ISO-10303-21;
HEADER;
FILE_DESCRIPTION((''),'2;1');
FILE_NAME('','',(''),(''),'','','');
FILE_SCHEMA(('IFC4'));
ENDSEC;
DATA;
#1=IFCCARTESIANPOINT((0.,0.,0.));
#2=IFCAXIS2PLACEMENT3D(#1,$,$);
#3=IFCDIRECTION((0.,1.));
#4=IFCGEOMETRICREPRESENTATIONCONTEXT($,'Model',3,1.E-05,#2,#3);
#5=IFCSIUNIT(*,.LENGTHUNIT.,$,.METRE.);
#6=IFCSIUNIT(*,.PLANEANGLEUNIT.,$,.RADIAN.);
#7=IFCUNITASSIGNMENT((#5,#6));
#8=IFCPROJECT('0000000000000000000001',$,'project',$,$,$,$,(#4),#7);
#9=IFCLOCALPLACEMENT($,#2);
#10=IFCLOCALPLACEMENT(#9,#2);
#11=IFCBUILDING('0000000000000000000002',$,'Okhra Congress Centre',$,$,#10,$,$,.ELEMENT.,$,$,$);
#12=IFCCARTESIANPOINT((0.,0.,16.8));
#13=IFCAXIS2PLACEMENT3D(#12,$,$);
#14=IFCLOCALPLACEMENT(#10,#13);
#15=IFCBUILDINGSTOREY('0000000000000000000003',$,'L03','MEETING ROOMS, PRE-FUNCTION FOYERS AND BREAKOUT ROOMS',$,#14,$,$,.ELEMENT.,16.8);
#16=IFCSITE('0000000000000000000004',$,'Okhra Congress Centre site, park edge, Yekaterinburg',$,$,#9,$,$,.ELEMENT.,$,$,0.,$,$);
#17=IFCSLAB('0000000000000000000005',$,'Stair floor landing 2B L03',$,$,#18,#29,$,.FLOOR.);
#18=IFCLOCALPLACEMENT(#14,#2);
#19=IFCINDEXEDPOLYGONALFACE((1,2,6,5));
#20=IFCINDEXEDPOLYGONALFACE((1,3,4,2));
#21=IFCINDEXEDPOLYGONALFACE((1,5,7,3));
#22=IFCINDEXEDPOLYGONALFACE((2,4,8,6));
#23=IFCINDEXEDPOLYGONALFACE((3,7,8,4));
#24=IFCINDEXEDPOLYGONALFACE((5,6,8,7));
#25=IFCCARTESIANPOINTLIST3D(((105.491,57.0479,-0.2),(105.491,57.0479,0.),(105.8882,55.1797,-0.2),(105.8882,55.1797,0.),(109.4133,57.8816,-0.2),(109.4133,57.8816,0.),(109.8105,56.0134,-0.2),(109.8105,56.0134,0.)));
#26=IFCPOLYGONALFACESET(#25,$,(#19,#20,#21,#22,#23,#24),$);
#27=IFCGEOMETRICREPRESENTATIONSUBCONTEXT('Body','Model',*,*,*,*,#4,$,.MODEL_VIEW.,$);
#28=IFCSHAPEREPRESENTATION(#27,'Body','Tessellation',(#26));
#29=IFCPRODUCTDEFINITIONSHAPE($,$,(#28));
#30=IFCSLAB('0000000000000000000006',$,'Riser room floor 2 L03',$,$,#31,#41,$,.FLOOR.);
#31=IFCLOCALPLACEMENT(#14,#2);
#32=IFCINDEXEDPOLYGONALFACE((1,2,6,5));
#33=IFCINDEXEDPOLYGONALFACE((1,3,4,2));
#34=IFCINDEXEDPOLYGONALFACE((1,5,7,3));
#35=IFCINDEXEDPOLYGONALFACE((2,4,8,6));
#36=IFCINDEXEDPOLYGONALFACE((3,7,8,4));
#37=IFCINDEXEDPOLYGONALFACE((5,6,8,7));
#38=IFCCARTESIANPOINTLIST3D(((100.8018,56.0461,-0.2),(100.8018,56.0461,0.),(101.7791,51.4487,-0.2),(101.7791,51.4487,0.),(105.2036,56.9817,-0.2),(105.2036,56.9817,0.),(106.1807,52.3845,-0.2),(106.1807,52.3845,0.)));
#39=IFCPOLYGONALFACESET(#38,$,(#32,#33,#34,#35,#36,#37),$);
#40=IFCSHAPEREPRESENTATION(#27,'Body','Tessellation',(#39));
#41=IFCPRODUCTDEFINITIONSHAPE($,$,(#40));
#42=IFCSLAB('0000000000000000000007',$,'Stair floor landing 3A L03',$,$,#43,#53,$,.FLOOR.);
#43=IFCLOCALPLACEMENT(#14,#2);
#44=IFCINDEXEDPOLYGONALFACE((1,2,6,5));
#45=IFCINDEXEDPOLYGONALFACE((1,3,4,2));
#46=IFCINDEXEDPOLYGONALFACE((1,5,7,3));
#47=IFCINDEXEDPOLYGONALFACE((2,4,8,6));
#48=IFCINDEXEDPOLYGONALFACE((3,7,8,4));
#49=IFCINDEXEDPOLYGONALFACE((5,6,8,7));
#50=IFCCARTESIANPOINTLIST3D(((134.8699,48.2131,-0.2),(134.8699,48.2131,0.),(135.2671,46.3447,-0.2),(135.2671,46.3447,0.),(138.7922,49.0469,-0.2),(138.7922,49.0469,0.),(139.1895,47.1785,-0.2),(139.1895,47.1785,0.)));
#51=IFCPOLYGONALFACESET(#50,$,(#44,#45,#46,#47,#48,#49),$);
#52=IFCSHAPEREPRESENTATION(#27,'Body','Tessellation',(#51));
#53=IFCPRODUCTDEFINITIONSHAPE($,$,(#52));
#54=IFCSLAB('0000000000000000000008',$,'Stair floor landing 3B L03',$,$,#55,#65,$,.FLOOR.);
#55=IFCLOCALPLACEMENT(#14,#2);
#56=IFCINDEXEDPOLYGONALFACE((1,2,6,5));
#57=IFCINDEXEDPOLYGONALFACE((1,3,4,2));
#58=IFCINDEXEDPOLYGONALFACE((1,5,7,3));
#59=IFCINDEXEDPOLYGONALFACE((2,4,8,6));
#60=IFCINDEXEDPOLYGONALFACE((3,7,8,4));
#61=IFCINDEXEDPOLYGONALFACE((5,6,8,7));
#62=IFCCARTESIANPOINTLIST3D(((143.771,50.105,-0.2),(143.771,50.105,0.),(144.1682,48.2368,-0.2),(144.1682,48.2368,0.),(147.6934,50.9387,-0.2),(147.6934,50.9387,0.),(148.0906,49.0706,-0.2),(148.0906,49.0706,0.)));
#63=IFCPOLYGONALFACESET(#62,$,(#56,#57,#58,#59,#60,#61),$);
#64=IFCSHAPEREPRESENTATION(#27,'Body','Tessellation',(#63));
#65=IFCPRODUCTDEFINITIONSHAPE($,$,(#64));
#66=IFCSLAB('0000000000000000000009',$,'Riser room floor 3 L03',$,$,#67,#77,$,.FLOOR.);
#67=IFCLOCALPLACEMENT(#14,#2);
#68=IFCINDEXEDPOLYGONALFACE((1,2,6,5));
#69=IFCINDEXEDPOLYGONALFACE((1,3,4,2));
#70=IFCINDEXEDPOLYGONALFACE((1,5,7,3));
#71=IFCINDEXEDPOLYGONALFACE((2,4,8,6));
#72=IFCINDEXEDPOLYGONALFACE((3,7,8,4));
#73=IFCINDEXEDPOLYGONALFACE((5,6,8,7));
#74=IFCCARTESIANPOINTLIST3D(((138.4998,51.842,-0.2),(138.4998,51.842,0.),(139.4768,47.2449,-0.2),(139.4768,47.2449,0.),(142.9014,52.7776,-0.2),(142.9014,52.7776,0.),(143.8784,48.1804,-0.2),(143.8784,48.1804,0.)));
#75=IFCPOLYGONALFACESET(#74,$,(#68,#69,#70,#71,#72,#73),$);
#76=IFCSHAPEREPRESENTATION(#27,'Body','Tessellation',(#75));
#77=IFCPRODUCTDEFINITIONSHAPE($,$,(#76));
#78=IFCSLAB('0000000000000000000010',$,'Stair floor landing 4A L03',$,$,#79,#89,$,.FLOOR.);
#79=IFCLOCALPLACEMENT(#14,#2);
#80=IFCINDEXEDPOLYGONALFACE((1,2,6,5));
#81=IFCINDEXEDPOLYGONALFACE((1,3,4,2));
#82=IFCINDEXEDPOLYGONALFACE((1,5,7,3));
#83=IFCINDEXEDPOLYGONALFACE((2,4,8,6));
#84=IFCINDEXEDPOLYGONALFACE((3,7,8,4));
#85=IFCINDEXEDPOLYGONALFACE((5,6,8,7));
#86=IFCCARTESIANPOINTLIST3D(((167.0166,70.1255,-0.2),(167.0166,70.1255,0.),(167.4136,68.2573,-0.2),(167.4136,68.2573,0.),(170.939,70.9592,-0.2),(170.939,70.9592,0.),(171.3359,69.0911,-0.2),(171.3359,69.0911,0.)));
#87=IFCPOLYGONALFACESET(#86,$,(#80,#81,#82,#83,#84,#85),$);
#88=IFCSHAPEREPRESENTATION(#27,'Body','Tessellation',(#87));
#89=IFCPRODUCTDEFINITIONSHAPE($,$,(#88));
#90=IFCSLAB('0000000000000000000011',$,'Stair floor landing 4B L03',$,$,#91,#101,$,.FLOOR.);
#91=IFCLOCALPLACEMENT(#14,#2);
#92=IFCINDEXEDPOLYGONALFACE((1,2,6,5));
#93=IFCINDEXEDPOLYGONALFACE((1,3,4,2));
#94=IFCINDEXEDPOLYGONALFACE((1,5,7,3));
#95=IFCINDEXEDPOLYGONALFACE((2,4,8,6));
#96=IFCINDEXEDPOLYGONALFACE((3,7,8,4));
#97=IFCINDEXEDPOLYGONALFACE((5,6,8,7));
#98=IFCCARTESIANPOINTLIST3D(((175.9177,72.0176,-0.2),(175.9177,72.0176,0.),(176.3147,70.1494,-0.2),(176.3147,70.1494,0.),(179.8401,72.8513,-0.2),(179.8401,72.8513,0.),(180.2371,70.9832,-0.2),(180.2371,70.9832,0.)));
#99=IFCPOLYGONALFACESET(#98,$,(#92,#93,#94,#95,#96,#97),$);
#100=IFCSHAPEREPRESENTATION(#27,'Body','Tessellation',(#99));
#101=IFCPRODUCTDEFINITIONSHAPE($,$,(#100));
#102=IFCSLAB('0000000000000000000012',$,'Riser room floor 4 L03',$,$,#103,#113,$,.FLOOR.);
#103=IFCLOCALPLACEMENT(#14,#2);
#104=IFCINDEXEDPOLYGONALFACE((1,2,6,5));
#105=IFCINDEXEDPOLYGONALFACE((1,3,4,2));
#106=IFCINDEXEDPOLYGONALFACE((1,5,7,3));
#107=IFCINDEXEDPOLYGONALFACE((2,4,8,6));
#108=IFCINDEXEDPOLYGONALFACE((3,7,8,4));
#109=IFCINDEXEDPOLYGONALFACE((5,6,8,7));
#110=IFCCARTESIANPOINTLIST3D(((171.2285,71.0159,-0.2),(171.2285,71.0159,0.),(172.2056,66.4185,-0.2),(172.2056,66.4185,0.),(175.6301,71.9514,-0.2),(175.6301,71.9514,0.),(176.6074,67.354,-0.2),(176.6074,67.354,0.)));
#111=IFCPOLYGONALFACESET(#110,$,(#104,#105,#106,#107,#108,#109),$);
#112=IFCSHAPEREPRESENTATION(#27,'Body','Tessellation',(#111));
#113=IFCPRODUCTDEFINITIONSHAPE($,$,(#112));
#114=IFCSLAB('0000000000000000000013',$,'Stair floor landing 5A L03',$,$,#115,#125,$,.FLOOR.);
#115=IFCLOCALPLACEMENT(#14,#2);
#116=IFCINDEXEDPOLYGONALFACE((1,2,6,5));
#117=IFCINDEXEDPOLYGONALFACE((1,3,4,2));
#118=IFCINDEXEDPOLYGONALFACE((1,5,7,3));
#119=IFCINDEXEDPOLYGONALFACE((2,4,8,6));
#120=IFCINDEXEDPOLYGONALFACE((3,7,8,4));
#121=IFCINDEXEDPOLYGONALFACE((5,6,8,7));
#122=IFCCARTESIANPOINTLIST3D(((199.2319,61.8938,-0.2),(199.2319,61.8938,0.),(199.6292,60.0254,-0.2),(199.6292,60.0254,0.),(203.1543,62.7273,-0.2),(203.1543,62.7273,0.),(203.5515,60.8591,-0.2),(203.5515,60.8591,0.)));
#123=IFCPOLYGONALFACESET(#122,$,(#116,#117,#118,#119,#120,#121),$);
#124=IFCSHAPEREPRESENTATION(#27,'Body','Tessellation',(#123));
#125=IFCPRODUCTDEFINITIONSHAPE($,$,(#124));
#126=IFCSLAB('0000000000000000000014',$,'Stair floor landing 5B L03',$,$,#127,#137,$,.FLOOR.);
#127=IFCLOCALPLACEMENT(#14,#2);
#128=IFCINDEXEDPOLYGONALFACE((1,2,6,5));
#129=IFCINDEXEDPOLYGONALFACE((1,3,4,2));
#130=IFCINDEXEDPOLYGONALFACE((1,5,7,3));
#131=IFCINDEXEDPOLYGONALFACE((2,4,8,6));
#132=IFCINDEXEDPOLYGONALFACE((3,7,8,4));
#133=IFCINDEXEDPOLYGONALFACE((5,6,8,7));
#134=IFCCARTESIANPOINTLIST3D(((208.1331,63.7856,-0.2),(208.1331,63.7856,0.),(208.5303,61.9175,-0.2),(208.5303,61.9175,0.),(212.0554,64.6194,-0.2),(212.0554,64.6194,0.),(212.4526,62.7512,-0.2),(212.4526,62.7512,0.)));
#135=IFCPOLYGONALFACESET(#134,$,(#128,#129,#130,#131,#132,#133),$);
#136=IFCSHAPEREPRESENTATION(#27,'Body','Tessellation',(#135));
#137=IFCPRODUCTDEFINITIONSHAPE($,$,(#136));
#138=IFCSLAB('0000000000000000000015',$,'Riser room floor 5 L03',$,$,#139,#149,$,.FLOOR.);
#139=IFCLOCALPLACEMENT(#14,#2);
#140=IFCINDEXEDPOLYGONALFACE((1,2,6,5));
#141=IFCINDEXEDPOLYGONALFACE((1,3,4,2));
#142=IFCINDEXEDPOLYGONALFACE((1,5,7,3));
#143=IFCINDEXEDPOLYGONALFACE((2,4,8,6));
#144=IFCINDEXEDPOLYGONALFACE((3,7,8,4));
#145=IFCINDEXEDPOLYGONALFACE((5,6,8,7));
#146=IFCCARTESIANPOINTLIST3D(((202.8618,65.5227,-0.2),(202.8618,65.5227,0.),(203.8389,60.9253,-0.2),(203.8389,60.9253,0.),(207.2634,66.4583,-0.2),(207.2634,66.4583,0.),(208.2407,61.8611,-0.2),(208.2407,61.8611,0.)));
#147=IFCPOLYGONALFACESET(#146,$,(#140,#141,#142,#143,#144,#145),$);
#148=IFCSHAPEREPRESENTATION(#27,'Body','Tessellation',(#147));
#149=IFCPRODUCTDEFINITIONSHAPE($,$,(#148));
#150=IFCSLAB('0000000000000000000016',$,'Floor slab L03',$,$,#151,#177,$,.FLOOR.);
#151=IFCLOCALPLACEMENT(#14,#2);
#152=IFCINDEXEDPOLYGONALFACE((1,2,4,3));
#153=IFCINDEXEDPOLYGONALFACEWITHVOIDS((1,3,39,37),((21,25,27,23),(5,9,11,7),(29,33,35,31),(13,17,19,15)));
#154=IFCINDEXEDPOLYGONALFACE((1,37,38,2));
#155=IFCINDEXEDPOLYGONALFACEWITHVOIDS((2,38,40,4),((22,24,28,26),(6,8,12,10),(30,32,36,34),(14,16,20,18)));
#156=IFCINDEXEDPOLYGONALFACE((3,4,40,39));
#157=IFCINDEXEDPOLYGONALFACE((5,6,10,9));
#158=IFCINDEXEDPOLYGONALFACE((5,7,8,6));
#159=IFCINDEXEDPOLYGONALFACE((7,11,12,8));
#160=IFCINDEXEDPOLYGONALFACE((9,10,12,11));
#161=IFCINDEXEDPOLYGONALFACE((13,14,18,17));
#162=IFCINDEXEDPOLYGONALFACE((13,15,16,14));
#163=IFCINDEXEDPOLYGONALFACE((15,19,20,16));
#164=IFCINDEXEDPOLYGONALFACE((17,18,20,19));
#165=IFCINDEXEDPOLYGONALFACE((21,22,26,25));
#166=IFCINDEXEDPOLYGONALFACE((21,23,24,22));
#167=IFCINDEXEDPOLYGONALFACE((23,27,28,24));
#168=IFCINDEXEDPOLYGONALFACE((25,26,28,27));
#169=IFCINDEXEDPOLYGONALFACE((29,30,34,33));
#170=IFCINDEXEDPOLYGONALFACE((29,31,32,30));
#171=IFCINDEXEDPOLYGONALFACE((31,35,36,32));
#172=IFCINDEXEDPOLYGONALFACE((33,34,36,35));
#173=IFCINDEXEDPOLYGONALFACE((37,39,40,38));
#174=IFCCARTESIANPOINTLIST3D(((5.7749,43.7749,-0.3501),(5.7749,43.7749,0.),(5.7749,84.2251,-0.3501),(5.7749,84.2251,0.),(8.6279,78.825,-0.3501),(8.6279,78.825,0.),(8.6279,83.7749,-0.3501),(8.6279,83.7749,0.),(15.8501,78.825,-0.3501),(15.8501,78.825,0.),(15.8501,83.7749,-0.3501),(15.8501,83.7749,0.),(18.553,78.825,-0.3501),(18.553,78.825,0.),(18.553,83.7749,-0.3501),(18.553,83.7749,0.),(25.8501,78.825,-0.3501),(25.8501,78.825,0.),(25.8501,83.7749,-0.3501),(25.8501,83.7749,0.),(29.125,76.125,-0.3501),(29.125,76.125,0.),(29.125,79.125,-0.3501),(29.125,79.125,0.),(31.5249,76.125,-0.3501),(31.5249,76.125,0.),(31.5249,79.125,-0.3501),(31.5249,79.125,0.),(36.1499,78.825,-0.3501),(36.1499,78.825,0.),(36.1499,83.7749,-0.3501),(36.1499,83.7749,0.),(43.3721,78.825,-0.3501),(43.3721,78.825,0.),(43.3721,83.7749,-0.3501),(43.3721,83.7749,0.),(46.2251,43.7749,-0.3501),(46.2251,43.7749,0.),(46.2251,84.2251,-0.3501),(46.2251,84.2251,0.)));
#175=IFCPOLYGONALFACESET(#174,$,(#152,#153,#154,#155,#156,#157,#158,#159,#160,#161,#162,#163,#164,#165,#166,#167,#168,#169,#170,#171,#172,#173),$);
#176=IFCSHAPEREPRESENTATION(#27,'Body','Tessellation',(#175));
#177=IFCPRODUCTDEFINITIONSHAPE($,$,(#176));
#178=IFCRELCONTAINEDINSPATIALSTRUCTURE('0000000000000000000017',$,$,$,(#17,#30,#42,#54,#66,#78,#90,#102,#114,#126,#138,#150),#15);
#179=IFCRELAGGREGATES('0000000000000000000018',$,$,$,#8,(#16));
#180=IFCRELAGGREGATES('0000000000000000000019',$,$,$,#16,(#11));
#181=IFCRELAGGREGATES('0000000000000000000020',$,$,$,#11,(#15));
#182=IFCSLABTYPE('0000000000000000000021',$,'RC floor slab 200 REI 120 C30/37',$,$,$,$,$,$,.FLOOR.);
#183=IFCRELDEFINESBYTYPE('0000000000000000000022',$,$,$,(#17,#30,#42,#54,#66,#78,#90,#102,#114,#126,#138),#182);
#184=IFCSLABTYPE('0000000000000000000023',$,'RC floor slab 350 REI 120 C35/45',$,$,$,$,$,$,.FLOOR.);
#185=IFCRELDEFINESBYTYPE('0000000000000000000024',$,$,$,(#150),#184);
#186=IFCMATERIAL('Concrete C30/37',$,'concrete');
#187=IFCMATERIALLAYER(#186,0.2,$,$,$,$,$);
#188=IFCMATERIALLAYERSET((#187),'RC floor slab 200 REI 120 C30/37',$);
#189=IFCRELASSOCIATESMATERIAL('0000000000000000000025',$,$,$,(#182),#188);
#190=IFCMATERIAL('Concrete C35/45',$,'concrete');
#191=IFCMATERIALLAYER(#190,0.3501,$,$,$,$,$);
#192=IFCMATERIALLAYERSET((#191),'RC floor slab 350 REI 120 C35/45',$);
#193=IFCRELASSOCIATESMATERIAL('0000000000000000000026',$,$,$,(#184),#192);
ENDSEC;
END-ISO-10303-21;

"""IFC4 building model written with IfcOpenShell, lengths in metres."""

from ifc_helpers import new_model, si_unit, direction, frame, origin, place, context, subcontext, project, spatial, polyline, outline, extrude, material, layer, layer_set, type_object, element, save


model = new_model("IFC4")

# Units and contexts
model_context = context("Model", 3, precision=1e-05, world=origin(), true_north=direction((0.0, 1.0)))
body_context = subcontext(model_context, "Body", "Model", "MODEL_VIEW")
ifc_project = project(units=[si_unit("LENGTHUNIT", "METRE"), si_unit("PLANEANGLEUNIT", "RADIAN")], contexts=[model_context])

# Site, building, storey
site_placement = place(None, origin())
site = spatial("IfcSite", under=ifc_project, at=site_placement, Name="Okhra Congress Centre site, park edge, Yekaterinburg", CompositionType="ELEMENT", RefElevation=0.0)
building_placement = place(site_placement, origin())
building = spatial("IfcBuilding", under=site, at=building_placement, Name="Okhra Congress Centre", CompositionType="ELEMENT")
storey_placement = place(building_placement, frame((0.0, 0.0, 16.8)))
storey = spatial("IfcBuildingStorey", under=building, at=storey_placement, Name="L03", Description="MEETING ROOMS, PRE-FUNCTION FOYERS AND BREAKOUT ROOMS", CompositionType="ELEMENT", Elevation=16.8)

# Slabs
ifc_material_1 = material(Name="Concrete C30/37", Category="concrete")
ifc_layer_1 = layer(ifc_material_1, 0.2)
ifc_layer_set_1 = layer_set([ifc_layer_1], Name="RC floor slab 200 REI 120 C30/37")
slab_type_1 = type_object("IfcSlabType", Name="RC floor slab 200 REI 120 C30/37", PredefinedType="FLOOR", material=ifc_layer_set_1)
slab_1_placement = place(storey_placement, frame((0.0, 0.0, -0.2)))
element("IfcSlab", 1, at=slab_1_placement, inside=storey, type_object=slab_type_1, Name="Stair floor landing 2B L03", PredefinedType="FLOOR", context=body_context, shape_type="SweptSolid", body=[
    extrude(outline(polyline([(105.491, 57.0479), (109.4133, 57.8816), (109.8105, 56.0134), (105.8882, 55.1797), (105.491, 57.0479)])), origin(), (0.0, 0.0, 1.0), 0.2),
])
slab_2_placement = place(storey_placement, frame((0.0, 0.0, -0.2)))
element("IfcSlab", 2, at=slab_2_placement, inside=storey, type_object=slab_type_1, Name="Riser room floor 2 L03", PredefinedType="FLOOR", context=body_context, shape_type="SweptSolid", body=[
    extrude(outline(polyline([(101.7791, 51.4487), (106.1807, 52.3845), (105.2036, 56.9817), (100.8018, 56.0461), (101.7791, 51.4487)])), origin(), (0.0, 0.0, 1.0), 0.2),
])
slab_3_placement = place(storey_placement, frame((0.0, 0.0, -0.2)))
element("IfcSlab", 3, at=slab_3_placement, inside=storey, type_object=slab_type_1, Name="Stair floor landing 3A L03", PredefinedType="FLOOR", context=body_context, shape_type="SweptSolid", body=[
    extrude(outline(polyline([(139.1895, 47.1785), (135.2671, 46.3447), (134.8699, 48.2131), (138.7922, 49.0469), (139.1895, 47.1785)])), origin(), (0.0, 0.0, 1.0), 0.2),
])
slab_4_placement = place(storey_placement, frame((0.0, 0.0, -0.2)))
element("IfcSlab", 4, at=slab_4_placement, inside=storey, type_object=slab_type_1, Name="Stair floor landing 3B L03", PredefinedType="FLOOR", context=body_context, shape_type="SweptSolid", body=[
    extrude(outline(polyline([(148.0906, 49.0706), (144.1682, 48.2368), (143.771, 50.105), (147.6934, 50.9387), (148.0906, 49.0706)])), origin(), (0.0, 0.0, 1.0), 0.2),
])
slab_5_placement = place(storey_placement, frame((0.0, 0.0, -0.2)))
element("IfcSlab", 5, at=slab_5_placement, inside=storey, type_object=slab_type_1, Name="Riser room floor 3 L03", PredefinedType="FLOOR", context=body_context, shape_type="SweptSolid", body=[
    extrude(outline(polyline([(139.4768, 47.2449), (143.8784, 48.1804), (142.9014, 52.7776), (138.4998, 51.842), (139.4768, 47.2449)])), origin(), (0.0, 0.0, 1.0), 0.2),
])
slab_6_placement = place(storey_placement, frame((0.0, 0.0, -0.2)))
element("IfcSlab", 6, at=slab_6_placement, inside=storey, type_object=slab_type_1, Name="Stair floor landing 4A L03", PredefinedType="FLOOR", context=body_context, shape_type="SweptSolid", body=[
    extrude(outline(polyline([(167.0166, 70.1255), (170.939, 70.9592), (171.3359, 69.0911), (167.4136, 68.2573), (167.0166, 70.1255)])), origin(), (0.0, 0.0, 1.0), 0.2),
])
slab_7_placement = place(storey_placement, frame((0.0, 0.0, -0.2)))
element("IfcSlab", 7, at=slab_7_placement, inside=storey, type_object=slab_type_1, Name="Stair floor landing 4B L03", PredefinedType="FLOOR", context=body_context, shape_type="SweptSolid", body=[
    extrude(outline(polyline([(175.9177, 72.0176), (179.8401, 72.8513), (180.2371, 70.9832), (176.3147, 70.1494), (175.9177, 72.0176)])), origin(), (0.0, 0.0, 1.0), 0.2),
])
slab_8_placement = place(storey_placement, frame((0.0, 0.0, -0.2)))
element("IfcSlab", 8, at=slab_8_placement, inside=storey, type_object=slab_type_1, Name="Riser room floor 4 L03", PredefinedType="FLOOR", context=body_context, shape_type="SweptSolid", body=[
    extrude(outline(polyline([(172.2056, 66.4185), (176.6074, 67.354), (175.6301, 71.9514), (171.2285, 71.0159), (172.2056, 66.4185)])), origin(), (0.0, 0.0, 1.0), 0.2),
])
slab_9_placement = place(storey_placement, frame((0.0, 0.0, -0.2)))
element("IfcSlab", 9, at=slab_9_placement, inside=storey, type_object=slab_type_1, Name="Stair floor landing 5A L03", PredefinedType="FLOOR", context=body_context, shape_type="SweptSolid", body=[
    extrude(outline(polyline([(203.5515, 60.8591), (199.6292, 60.0254), (199.2319, 61.8938), (203.1543, 62.7273), (203.5515, 60.8591)])), origin(), (0.0, 0.0, 1.0), 0.2),
])
slab_10_placement = place(storey_placement, frame((0.0, 0.0, -0.2)))
element("IfcSlab", 10, at=slab_10_placement, inside=storey, type_object=slab_type_1, Name="Stair floor landing 5B L03", PredefinedType="FLOOR", context=body_context, shape_type="SweptSolid", body=[
    extrude(outline(polyline([(212.4526, 62.7512), (208.5303, 61.9175), (208.1331, 63.7856), (212.0554, 64.6194), (212.4526, 62.7512)])), origin(), (0.0, 0.0, 1.0), 0.2),
])
slab_11_placement = place(storey_placement, frame((0.0, 0.0, -0.2)))
element("IfcSlab", 11, at=slab_11_placement, inside=storey, type_object=slab_type_1, Name="Riser room floor 5 L03", PredefinedType="FLOOR", context=body_context, shape_type="SweptSolid", body=[
    extrude(outline(polyline([(203.8389, 60.9253), (208.2407, 61.8611), (207.2634, 66.4583), (202.8618, 65.5227), (203.8389, 60.9253)])), origin(), (0.0, 0.0, 1.0), 0.2),
])
ifc_material_2 = material(Name="Concrete C35/45", Category="concrete")
ifc_layer_2 = layer(ifc_material_2, 0.3501)
ifc_layer_set_2 = layer_set([ifc_layer_2], Name="RC floor slab 350 REI 120 C35/45")
slab_type_2 = type_object("IfcSlabType", Name="RC floor slab 350 REI 120 C35/45", PredefinedType="FLOOR", material=ifc_layer_set_2)
slab_12_placement = place(storey_placement, frame((0.0, 0.0, -0.3501)))
element("IfcSlab", 12, at=slab_12_placement, inside=storey, type_object=slab_type_2, Name="Floor slab L03", PredefinedType="FLOOR", context=body_context, shape_type="SweptSolid", body=[
    extrude(outline(polyline([(46.2251, 43.7749), (46.2251, 84.2251), (5.7749, 84.2251), (5.7749, 43.7749), (46.2251, 43.7749)]), holes=[polyline([(8.6279, 78.825), (15.8501, 78.825), (15.8501, 83.7749), (8.6279, 83.7749), (8.6279, 78.825)]), polyline([(18.553, 78.825), (25.8501, 78.825), (25.8501, 83.7749), (18.553, 83.7749), (18.553, 78.825)]), polyline([(43.3721, 83.7749), (36.1499, 83.7749), (36.1499, 78.825), (43.3721, 78.825), (43.3721, 83.7749)]), polyline([(29.125, 76.125), (31.5249, 76.125), (31.5249, 79.125), (29.125, 79.125), (29.125, 76.125)])]), origin(), (0.0, 0.0, 1.0), 0.3501),
])

save(model, "model.ifc")
